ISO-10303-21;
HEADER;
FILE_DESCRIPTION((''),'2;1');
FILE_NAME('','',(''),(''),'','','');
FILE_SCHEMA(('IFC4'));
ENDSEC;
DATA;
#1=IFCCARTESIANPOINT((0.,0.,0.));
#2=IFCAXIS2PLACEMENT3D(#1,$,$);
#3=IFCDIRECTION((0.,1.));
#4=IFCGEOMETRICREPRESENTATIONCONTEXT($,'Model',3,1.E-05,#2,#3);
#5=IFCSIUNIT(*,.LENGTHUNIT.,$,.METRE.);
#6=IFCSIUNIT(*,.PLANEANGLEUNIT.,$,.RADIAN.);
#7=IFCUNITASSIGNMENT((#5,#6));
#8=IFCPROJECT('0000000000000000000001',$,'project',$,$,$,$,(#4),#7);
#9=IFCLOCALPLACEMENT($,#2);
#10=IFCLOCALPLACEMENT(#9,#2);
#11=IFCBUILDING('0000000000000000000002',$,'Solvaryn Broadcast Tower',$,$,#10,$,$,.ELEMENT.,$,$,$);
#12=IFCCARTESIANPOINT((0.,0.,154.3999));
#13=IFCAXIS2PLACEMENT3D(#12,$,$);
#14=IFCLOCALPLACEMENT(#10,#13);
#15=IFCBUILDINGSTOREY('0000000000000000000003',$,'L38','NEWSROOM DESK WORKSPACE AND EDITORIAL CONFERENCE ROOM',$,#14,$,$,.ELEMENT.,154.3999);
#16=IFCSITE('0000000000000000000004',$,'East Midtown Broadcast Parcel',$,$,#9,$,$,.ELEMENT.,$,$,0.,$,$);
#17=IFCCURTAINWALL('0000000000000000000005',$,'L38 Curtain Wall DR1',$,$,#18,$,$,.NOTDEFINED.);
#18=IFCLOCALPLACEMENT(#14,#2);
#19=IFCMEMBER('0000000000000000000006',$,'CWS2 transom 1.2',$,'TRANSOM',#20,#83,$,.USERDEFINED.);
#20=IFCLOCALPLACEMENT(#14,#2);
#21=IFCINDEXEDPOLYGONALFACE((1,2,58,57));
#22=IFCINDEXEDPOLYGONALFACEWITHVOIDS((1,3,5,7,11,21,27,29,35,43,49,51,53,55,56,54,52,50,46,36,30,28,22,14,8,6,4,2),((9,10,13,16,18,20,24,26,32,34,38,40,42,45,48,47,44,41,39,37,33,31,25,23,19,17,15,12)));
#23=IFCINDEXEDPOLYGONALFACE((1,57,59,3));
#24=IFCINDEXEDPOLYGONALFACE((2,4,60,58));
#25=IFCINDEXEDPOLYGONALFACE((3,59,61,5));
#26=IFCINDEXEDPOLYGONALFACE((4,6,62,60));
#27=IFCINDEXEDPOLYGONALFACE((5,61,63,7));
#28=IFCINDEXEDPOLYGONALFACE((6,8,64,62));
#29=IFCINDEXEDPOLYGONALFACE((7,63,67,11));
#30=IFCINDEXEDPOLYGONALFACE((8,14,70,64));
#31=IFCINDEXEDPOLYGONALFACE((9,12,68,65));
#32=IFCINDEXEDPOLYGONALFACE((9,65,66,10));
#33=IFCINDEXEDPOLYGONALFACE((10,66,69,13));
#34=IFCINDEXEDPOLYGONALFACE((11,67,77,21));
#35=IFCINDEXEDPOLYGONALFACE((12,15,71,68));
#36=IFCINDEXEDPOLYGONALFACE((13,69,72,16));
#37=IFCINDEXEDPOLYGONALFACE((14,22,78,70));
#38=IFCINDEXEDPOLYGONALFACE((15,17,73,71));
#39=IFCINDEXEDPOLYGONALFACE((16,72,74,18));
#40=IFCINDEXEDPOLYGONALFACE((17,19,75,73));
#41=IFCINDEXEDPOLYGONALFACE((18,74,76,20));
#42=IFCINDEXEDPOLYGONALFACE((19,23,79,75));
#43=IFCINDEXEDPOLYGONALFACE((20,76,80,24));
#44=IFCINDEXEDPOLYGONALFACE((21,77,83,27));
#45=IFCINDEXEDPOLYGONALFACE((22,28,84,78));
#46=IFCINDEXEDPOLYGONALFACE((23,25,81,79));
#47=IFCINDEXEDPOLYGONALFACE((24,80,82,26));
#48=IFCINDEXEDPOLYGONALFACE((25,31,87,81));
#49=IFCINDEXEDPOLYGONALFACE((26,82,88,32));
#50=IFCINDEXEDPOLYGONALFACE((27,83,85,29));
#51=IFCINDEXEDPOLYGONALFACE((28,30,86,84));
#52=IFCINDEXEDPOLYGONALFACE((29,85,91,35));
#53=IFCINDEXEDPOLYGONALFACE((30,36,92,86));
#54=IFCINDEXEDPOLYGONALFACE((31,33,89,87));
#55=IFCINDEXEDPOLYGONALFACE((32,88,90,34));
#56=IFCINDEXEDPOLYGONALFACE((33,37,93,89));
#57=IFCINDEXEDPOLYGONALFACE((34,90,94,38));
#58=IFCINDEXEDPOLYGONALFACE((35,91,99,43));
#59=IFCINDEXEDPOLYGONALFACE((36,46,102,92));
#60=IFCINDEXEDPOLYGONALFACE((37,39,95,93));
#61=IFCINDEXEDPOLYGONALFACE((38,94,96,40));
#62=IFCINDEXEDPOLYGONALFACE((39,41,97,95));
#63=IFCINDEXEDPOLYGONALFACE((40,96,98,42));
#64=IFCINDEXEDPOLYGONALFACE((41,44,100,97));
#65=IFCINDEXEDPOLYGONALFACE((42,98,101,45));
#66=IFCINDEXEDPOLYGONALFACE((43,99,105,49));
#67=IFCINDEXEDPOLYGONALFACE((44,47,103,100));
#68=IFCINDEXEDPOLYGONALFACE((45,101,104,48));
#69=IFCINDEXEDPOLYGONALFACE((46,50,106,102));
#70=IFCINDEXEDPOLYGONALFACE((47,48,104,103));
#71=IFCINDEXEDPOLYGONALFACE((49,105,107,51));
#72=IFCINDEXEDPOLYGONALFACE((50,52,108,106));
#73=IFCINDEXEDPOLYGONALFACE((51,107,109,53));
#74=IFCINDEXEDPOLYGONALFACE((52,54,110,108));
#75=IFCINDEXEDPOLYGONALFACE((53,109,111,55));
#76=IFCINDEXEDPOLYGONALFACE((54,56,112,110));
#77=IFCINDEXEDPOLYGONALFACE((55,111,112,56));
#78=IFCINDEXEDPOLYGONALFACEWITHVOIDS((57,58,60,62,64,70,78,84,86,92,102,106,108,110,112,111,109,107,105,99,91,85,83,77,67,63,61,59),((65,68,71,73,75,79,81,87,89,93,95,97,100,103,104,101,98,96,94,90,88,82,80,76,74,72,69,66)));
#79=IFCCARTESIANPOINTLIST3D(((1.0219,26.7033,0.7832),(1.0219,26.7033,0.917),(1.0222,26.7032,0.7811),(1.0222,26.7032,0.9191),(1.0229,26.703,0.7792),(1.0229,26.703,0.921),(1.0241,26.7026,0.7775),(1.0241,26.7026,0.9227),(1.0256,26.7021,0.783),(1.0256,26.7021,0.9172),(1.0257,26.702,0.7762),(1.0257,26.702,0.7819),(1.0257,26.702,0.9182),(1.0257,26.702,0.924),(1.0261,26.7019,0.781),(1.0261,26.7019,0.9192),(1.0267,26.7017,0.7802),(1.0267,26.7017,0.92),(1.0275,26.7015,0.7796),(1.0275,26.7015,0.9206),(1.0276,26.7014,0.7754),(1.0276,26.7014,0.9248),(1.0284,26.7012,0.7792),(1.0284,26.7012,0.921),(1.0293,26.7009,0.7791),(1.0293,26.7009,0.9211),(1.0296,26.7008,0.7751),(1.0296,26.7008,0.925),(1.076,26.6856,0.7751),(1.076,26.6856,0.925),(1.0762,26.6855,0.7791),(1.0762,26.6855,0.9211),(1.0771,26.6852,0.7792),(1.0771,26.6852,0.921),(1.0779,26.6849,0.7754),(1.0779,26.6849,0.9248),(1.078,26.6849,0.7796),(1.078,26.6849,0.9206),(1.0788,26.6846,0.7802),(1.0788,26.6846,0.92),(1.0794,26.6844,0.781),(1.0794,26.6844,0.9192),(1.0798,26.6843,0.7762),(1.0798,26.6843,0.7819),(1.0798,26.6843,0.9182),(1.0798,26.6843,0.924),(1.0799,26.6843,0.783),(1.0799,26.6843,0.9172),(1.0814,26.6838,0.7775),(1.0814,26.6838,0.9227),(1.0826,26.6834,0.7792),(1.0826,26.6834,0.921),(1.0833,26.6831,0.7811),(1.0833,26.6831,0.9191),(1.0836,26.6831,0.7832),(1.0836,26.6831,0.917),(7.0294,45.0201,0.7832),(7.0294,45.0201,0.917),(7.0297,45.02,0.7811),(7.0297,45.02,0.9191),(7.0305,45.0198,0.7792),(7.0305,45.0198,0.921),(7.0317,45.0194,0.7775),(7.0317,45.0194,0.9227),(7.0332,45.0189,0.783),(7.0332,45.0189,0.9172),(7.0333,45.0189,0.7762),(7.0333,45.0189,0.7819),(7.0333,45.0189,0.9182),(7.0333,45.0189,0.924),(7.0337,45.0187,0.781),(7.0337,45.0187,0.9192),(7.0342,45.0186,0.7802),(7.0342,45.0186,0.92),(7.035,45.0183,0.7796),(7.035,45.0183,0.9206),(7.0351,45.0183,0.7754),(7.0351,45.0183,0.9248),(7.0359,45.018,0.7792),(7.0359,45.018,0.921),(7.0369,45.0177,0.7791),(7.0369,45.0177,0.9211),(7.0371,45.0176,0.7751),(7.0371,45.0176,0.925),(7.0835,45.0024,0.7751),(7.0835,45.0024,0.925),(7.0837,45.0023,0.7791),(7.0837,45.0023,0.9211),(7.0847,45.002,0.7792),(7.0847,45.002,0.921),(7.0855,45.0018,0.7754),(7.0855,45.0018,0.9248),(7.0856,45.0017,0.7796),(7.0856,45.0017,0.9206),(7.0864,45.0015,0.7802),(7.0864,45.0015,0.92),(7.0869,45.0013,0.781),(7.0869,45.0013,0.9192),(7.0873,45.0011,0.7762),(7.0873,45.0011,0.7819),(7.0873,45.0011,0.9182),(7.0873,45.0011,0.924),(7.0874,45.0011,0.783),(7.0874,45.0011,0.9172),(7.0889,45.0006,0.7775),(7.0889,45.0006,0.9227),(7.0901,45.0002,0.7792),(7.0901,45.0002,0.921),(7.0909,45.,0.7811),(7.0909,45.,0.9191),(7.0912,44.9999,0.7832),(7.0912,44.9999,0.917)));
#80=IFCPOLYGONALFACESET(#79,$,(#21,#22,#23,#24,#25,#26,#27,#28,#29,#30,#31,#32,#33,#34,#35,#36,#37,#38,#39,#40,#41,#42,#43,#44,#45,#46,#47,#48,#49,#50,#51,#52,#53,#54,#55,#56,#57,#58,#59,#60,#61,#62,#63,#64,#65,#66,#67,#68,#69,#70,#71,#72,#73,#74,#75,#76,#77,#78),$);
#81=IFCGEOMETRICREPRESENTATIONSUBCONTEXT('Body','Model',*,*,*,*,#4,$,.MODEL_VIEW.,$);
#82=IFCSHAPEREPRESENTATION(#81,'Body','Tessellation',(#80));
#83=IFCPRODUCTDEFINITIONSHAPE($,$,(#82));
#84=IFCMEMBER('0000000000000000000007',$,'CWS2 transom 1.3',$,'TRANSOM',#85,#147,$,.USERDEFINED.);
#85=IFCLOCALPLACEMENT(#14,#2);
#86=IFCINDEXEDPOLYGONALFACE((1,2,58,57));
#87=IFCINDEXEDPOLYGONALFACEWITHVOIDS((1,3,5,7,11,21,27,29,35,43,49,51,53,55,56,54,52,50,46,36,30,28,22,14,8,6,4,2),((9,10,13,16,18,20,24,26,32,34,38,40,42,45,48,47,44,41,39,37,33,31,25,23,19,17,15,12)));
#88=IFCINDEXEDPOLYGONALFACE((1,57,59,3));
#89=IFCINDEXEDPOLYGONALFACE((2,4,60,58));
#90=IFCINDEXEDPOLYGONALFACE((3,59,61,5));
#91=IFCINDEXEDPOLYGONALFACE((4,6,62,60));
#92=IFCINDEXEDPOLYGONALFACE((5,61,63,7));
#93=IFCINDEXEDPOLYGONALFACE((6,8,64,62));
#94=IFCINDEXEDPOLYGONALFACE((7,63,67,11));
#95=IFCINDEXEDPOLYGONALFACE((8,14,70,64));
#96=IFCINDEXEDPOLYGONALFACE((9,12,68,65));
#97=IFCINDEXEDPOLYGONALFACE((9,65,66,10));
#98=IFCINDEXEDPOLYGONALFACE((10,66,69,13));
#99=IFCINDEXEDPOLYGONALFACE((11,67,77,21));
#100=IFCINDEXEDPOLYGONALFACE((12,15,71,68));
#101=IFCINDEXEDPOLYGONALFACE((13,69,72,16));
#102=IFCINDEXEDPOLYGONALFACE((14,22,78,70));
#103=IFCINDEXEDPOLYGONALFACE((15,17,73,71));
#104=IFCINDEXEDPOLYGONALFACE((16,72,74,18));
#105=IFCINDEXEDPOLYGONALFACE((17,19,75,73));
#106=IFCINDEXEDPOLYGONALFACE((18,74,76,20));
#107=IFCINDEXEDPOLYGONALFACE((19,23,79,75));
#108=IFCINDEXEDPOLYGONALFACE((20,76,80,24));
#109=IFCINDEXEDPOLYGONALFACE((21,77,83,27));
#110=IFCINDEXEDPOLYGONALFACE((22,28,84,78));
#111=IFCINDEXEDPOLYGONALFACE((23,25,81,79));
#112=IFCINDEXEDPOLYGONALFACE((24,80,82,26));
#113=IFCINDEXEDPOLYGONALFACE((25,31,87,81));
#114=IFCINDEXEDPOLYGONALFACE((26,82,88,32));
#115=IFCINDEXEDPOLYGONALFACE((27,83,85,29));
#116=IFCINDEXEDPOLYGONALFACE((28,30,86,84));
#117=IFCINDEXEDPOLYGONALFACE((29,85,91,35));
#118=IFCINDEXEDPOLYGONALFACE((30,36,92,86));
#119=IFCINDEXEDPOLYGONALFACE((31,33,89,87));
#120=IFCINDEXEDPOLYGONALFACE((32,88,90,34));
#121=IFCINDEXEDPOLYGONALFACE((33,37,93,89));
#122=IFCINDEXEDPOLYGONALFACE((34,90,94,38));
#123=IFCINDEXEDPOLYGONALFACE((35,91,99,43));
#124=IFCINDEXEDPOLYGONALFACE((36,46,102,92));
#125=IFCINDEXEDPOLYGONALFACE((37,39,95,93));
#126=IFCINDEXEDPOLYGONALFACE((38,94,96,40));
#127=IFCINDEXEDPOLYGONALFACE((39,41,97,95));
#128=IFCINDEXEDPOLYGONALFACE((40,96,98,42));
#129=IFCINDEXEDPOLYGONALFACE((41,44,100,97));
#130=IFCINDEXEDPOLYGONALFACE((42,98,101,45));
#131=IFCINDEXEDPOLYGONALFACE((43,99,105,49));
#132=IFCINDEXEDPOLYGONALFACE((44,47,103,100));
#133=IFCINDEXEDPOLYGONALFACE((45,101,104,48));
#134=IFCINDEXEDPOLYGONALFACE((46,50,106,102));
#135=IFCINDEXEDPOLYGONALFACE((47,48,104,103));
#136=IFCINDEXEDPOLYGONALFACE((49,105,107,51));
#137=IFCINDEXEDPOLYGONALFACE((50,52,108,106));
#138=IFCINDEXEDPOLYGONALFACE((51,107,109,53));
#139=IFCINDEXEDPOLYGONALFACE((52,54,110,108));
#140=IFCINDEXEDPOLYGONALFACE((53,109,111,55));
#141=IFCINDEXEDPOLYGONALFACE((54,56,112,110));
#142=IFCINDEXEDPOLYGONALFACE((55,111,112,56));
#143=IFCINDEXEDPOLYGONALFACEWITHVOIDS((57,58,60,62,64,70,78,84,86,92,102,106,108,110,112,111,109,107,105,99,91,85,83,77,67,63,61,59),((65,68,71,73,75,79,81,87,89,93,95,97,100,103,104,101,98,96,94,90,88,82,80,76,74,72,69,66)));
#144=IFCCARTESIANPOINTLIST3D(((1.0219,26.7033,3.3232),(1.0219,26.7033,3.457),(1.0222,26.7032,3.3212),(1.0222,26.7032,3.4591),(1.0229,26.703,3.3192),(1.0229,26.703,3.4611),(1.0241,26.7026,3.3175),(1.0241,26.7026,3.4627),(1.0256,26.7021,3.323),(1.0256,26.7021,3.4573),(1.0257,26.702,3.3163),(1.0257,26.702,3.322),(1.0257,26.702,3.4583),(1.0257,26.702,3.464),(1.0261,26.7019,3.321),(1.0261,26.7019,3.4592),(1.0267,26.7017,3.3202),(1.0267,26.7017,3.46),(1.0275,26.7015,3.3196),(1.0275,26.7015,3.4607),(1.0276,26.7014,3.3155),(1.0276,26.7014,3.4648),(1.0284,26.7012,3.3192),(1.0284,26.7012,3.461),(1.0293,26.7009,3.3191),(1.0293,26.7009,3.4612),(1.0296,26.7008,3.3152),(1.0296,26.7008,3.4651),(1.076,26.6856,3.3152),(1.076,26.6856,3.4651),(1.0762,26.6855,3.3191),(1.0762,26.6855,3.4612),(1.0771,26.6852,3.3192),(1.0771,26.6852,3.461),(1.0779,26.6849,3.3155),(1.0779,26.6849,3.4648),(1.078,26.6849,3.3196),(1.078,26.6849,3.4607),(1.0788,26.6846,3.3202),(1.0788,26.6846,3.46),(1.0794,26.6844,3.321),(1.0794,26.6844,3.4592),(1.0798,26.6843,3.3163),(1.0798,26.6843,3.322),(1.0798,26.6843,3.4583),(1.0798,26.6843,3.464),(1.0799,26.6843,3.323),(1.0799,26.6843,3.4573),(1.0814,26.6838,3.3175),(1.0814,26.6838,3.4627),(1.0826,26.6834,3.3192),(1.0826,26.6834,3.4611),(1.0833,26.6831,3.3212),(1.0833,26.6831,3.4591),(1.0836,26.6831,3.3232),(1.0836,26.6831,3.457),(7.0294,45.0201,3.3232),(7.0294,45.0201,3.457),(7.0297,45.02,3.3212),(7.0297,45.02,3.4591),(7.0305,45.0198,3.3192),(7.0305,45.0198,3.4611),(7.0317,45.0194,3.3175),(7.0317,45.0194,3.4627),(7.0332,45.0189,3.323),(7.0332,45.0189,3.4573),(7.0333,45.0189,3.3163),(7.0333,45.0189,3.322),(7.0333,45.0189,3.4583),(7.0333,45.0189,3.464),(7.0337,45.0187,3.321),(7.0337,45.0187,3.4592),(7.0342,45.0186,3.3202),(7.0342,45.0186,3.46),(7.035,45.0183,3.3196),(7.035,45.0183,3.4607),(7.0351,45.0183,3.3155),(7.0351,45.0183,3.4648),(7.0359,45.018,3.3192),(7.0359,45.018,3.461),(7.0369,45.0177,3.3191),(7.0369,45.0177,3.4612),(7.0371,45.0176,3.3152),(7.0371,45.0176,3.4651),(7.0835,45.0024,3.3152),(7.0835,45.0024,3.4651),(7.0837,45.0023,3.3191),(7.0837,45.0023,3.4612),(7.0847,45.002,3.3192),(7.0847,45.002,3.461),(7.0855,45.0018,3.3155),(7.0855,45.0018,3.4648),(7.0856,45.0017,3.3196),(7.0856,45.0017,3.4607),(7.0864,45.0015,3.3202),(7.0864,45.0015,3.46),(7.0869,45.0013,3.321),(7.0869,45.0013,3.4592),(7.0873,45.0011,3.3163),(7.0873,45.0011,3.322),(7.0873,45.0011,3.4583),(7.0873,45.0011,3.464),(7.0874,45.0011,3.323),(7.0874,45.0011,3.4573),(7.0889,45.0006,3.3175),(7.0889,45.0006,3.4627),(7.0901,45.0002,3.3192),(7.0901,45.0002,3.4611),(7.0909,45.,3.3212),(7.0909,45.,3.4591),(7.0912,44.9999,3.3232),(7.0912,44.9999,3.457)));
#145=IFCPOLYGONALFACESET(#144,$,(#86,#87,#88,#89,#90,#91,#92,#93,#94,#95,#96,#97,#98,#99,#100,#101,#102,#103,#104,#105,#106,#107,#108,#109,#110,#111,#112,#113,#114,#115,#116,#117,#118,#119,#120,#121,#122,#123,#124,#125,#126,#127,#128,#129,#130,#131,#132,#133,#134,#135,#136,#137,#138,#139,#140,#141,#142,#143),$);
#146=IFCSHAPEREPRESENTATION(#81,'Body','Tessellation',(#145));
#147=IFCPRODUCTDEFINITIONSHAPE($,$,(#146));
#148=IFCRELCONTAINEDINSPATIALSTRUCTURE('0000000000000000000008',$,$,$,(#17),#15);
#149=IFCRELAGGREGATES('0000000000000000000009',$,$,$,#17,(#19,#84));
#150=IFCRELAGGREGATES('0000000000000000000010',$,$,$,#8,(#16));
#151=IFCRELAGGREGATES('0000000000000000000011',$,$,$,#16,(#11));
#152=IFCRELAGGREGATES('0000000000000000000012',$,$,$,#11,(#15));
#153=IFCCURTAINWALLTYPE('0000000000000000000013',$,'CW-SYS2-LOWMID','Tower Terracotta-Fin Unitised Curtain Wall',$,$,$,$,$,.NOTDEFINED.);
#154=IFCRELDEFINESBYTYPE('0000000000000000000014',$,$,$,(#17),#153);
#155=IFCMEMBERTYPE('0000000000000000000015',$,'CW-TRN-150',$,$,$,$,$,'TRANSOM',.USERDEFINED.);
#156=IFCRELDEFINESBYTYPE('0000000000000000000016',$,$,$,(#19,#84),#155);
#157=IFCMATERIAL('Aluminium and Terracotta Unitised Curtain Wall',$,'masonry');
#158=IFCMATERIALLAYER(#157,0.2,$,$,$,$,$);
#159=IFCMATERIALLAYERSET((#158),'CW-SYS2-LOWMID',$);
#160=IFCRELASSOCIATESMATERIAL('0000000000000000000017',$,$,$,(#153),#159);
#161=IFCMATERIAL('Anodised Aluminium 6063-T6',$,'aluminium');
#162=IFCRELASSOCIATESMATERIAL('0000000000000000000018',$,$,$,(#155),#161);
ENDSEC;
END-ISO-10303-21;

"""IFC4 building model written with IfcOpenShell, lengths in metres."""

from ifc_helpers import new_model, si_unit, direction, frame, origin, origin_2d, place, context, subcontext, project, spatial, hollow_rectangle, extrude, material, layer, layer_set, material_profile, profile_set, type_object, element, aggregate, save


model = new_model("IFC4")

# Units and contexts
model_context = context("Model", 3, precision=1e-05, world=origin(), true_north=direction((0.0, 1.0)))
body_context = subcontext(model_context, "Body", "Model", "MODEL_VIEW")
ifc_project = project(units=[si_unit("LENGTHUNIT", "METRE"), si_unit("PLANEANGLEUNIT", "RADIAN")], contexts=[model_context])

# Site, building, storey
site_placement = place(None, origin())
site = spatial("IfcSite", under=ifc_project, at=site_placement, Name="East Midtown Broadcast Parcel", CompositionType="ELEMENT", RefElevation=0.0)
building_placement = place(site_placement, origin())
building = spatial("IfcBuilding", under=site, at=building_placement, Name="Solvaryn Broadcast Tower", CompositionType="ELEMENT")
storey_placement = place(building_placement, frame((0.0, 0.0, 154.3999)))
storey = spatial("IfcBuildingStorey", under=building, at=storey_placement, Name="L38", Description="NEWSROOM DESK WORKSPACE AND EDITORIAL CONFERENCE ROOM", CompositionType="ELEMENT", Elevation=154.3999)

# Curtain wall
ifc_material_1 = material(Name="Aluminium and Terracotta Unitised Curtain Wall", Category="masonry")
ifc_layer_1 = layer(ifc_material_1, 0.2)
ifc_layer_set_1 = layer_set([ifc_layer_1], Name="CW-SYS2-LOWMID")
curtain_wall_type = type_object("IfcCurtainWallType", Name="CW-SYS2-LOWMID", Description="Tower Terracotta-Fin Unitised Curtain Wall", PredefinedType="NOTDEFINED", material=ifc_layer_set_1)
curtain_wall_1_placement = place(storey_placement, origin())
curtain_wall_1 = element("IfcCurtainWall", 1, at=curtain_wall_1_placement, inside=storey, type_object=curtain_wall_type, Name="L38 Curtain Wall DR1", PredefinedType="NOTDEFINED")

# Members
ifc_material_2 = material(Name="Anodised Aluminium 6063-T6", Category="aluminium")
ifc_material_profile_1 = material_profile(ifc_material_2, hollow_rectangle(XDim=0.0649, YDim=0.1499, WallThickness=0.0039, InnerFilletRadius=0.0039, OuterFilletRadius=0.0081, at=origin_2d()))
ifc_profile_set_1 = profile_set([ifc_material_profile_1], Name="Anodised Aluminium 6063-T6")
member_type_1 = type_object("IfcMemberType", Name="CW-TRN-150", ElementType="TRANSOM", PredefinedType="USERDEFINED", material=ifc_profile_set_1)
member_1_placement = place(storey_placement, frame((7.0603, 45.01, 0.8501), z_axis=(-0.311646, -0.950198, 0.0), x_axis=(0.950198, -0.311646, 0.0)))
member_1 = element("IfcMember", 2, at=member_1_placement, type_object=member_type_1, Name="CWS2 transom 1.2", ObjectType="TRANSOM", PredefinedType="USERDEFINED", context=body_context, shape_type="SweptSolid", body=[
    extrude(hollow_rectangle(XDim=0.0649, YDim=0.1499, WallThickness=0.0039, InnerFilletRadius=0.0039, OuterFilletRadius=0.0081, at=origin_2d()), origin(), (0.0, 0.0, 1.0), 19.2769),
])
member_2_placement = place(storey_placement, frame((7.0603, 45.01, 3.3901), z_axis=(-0.311646, -0.950198, 0.0), x_axis=(0.950198, -0.311646, 0.0)))
member_2 = element("IfcMember", 3, at=member_2_placement, type_object=member_type_1, Name="CWS2 transom 1.3", ObjectType="TRANSOM", PredefinedType="USERDEFINED", context=body_context, shape_type="SweptSolid", body=[
    extrude(hollow_rectangle(XDim=0.0649, YDim=0.1499, WallThickness=0.0039, InnerFilletRadius=0.0039, OuterFilletRadius=0.0081, at=origin_2d()), origin(), (0.0, 0.0, 1.0), 19.2769),
])
aggregate(curtain_wall_1, [member_1, member_2])

save(model, "model.ifc")
